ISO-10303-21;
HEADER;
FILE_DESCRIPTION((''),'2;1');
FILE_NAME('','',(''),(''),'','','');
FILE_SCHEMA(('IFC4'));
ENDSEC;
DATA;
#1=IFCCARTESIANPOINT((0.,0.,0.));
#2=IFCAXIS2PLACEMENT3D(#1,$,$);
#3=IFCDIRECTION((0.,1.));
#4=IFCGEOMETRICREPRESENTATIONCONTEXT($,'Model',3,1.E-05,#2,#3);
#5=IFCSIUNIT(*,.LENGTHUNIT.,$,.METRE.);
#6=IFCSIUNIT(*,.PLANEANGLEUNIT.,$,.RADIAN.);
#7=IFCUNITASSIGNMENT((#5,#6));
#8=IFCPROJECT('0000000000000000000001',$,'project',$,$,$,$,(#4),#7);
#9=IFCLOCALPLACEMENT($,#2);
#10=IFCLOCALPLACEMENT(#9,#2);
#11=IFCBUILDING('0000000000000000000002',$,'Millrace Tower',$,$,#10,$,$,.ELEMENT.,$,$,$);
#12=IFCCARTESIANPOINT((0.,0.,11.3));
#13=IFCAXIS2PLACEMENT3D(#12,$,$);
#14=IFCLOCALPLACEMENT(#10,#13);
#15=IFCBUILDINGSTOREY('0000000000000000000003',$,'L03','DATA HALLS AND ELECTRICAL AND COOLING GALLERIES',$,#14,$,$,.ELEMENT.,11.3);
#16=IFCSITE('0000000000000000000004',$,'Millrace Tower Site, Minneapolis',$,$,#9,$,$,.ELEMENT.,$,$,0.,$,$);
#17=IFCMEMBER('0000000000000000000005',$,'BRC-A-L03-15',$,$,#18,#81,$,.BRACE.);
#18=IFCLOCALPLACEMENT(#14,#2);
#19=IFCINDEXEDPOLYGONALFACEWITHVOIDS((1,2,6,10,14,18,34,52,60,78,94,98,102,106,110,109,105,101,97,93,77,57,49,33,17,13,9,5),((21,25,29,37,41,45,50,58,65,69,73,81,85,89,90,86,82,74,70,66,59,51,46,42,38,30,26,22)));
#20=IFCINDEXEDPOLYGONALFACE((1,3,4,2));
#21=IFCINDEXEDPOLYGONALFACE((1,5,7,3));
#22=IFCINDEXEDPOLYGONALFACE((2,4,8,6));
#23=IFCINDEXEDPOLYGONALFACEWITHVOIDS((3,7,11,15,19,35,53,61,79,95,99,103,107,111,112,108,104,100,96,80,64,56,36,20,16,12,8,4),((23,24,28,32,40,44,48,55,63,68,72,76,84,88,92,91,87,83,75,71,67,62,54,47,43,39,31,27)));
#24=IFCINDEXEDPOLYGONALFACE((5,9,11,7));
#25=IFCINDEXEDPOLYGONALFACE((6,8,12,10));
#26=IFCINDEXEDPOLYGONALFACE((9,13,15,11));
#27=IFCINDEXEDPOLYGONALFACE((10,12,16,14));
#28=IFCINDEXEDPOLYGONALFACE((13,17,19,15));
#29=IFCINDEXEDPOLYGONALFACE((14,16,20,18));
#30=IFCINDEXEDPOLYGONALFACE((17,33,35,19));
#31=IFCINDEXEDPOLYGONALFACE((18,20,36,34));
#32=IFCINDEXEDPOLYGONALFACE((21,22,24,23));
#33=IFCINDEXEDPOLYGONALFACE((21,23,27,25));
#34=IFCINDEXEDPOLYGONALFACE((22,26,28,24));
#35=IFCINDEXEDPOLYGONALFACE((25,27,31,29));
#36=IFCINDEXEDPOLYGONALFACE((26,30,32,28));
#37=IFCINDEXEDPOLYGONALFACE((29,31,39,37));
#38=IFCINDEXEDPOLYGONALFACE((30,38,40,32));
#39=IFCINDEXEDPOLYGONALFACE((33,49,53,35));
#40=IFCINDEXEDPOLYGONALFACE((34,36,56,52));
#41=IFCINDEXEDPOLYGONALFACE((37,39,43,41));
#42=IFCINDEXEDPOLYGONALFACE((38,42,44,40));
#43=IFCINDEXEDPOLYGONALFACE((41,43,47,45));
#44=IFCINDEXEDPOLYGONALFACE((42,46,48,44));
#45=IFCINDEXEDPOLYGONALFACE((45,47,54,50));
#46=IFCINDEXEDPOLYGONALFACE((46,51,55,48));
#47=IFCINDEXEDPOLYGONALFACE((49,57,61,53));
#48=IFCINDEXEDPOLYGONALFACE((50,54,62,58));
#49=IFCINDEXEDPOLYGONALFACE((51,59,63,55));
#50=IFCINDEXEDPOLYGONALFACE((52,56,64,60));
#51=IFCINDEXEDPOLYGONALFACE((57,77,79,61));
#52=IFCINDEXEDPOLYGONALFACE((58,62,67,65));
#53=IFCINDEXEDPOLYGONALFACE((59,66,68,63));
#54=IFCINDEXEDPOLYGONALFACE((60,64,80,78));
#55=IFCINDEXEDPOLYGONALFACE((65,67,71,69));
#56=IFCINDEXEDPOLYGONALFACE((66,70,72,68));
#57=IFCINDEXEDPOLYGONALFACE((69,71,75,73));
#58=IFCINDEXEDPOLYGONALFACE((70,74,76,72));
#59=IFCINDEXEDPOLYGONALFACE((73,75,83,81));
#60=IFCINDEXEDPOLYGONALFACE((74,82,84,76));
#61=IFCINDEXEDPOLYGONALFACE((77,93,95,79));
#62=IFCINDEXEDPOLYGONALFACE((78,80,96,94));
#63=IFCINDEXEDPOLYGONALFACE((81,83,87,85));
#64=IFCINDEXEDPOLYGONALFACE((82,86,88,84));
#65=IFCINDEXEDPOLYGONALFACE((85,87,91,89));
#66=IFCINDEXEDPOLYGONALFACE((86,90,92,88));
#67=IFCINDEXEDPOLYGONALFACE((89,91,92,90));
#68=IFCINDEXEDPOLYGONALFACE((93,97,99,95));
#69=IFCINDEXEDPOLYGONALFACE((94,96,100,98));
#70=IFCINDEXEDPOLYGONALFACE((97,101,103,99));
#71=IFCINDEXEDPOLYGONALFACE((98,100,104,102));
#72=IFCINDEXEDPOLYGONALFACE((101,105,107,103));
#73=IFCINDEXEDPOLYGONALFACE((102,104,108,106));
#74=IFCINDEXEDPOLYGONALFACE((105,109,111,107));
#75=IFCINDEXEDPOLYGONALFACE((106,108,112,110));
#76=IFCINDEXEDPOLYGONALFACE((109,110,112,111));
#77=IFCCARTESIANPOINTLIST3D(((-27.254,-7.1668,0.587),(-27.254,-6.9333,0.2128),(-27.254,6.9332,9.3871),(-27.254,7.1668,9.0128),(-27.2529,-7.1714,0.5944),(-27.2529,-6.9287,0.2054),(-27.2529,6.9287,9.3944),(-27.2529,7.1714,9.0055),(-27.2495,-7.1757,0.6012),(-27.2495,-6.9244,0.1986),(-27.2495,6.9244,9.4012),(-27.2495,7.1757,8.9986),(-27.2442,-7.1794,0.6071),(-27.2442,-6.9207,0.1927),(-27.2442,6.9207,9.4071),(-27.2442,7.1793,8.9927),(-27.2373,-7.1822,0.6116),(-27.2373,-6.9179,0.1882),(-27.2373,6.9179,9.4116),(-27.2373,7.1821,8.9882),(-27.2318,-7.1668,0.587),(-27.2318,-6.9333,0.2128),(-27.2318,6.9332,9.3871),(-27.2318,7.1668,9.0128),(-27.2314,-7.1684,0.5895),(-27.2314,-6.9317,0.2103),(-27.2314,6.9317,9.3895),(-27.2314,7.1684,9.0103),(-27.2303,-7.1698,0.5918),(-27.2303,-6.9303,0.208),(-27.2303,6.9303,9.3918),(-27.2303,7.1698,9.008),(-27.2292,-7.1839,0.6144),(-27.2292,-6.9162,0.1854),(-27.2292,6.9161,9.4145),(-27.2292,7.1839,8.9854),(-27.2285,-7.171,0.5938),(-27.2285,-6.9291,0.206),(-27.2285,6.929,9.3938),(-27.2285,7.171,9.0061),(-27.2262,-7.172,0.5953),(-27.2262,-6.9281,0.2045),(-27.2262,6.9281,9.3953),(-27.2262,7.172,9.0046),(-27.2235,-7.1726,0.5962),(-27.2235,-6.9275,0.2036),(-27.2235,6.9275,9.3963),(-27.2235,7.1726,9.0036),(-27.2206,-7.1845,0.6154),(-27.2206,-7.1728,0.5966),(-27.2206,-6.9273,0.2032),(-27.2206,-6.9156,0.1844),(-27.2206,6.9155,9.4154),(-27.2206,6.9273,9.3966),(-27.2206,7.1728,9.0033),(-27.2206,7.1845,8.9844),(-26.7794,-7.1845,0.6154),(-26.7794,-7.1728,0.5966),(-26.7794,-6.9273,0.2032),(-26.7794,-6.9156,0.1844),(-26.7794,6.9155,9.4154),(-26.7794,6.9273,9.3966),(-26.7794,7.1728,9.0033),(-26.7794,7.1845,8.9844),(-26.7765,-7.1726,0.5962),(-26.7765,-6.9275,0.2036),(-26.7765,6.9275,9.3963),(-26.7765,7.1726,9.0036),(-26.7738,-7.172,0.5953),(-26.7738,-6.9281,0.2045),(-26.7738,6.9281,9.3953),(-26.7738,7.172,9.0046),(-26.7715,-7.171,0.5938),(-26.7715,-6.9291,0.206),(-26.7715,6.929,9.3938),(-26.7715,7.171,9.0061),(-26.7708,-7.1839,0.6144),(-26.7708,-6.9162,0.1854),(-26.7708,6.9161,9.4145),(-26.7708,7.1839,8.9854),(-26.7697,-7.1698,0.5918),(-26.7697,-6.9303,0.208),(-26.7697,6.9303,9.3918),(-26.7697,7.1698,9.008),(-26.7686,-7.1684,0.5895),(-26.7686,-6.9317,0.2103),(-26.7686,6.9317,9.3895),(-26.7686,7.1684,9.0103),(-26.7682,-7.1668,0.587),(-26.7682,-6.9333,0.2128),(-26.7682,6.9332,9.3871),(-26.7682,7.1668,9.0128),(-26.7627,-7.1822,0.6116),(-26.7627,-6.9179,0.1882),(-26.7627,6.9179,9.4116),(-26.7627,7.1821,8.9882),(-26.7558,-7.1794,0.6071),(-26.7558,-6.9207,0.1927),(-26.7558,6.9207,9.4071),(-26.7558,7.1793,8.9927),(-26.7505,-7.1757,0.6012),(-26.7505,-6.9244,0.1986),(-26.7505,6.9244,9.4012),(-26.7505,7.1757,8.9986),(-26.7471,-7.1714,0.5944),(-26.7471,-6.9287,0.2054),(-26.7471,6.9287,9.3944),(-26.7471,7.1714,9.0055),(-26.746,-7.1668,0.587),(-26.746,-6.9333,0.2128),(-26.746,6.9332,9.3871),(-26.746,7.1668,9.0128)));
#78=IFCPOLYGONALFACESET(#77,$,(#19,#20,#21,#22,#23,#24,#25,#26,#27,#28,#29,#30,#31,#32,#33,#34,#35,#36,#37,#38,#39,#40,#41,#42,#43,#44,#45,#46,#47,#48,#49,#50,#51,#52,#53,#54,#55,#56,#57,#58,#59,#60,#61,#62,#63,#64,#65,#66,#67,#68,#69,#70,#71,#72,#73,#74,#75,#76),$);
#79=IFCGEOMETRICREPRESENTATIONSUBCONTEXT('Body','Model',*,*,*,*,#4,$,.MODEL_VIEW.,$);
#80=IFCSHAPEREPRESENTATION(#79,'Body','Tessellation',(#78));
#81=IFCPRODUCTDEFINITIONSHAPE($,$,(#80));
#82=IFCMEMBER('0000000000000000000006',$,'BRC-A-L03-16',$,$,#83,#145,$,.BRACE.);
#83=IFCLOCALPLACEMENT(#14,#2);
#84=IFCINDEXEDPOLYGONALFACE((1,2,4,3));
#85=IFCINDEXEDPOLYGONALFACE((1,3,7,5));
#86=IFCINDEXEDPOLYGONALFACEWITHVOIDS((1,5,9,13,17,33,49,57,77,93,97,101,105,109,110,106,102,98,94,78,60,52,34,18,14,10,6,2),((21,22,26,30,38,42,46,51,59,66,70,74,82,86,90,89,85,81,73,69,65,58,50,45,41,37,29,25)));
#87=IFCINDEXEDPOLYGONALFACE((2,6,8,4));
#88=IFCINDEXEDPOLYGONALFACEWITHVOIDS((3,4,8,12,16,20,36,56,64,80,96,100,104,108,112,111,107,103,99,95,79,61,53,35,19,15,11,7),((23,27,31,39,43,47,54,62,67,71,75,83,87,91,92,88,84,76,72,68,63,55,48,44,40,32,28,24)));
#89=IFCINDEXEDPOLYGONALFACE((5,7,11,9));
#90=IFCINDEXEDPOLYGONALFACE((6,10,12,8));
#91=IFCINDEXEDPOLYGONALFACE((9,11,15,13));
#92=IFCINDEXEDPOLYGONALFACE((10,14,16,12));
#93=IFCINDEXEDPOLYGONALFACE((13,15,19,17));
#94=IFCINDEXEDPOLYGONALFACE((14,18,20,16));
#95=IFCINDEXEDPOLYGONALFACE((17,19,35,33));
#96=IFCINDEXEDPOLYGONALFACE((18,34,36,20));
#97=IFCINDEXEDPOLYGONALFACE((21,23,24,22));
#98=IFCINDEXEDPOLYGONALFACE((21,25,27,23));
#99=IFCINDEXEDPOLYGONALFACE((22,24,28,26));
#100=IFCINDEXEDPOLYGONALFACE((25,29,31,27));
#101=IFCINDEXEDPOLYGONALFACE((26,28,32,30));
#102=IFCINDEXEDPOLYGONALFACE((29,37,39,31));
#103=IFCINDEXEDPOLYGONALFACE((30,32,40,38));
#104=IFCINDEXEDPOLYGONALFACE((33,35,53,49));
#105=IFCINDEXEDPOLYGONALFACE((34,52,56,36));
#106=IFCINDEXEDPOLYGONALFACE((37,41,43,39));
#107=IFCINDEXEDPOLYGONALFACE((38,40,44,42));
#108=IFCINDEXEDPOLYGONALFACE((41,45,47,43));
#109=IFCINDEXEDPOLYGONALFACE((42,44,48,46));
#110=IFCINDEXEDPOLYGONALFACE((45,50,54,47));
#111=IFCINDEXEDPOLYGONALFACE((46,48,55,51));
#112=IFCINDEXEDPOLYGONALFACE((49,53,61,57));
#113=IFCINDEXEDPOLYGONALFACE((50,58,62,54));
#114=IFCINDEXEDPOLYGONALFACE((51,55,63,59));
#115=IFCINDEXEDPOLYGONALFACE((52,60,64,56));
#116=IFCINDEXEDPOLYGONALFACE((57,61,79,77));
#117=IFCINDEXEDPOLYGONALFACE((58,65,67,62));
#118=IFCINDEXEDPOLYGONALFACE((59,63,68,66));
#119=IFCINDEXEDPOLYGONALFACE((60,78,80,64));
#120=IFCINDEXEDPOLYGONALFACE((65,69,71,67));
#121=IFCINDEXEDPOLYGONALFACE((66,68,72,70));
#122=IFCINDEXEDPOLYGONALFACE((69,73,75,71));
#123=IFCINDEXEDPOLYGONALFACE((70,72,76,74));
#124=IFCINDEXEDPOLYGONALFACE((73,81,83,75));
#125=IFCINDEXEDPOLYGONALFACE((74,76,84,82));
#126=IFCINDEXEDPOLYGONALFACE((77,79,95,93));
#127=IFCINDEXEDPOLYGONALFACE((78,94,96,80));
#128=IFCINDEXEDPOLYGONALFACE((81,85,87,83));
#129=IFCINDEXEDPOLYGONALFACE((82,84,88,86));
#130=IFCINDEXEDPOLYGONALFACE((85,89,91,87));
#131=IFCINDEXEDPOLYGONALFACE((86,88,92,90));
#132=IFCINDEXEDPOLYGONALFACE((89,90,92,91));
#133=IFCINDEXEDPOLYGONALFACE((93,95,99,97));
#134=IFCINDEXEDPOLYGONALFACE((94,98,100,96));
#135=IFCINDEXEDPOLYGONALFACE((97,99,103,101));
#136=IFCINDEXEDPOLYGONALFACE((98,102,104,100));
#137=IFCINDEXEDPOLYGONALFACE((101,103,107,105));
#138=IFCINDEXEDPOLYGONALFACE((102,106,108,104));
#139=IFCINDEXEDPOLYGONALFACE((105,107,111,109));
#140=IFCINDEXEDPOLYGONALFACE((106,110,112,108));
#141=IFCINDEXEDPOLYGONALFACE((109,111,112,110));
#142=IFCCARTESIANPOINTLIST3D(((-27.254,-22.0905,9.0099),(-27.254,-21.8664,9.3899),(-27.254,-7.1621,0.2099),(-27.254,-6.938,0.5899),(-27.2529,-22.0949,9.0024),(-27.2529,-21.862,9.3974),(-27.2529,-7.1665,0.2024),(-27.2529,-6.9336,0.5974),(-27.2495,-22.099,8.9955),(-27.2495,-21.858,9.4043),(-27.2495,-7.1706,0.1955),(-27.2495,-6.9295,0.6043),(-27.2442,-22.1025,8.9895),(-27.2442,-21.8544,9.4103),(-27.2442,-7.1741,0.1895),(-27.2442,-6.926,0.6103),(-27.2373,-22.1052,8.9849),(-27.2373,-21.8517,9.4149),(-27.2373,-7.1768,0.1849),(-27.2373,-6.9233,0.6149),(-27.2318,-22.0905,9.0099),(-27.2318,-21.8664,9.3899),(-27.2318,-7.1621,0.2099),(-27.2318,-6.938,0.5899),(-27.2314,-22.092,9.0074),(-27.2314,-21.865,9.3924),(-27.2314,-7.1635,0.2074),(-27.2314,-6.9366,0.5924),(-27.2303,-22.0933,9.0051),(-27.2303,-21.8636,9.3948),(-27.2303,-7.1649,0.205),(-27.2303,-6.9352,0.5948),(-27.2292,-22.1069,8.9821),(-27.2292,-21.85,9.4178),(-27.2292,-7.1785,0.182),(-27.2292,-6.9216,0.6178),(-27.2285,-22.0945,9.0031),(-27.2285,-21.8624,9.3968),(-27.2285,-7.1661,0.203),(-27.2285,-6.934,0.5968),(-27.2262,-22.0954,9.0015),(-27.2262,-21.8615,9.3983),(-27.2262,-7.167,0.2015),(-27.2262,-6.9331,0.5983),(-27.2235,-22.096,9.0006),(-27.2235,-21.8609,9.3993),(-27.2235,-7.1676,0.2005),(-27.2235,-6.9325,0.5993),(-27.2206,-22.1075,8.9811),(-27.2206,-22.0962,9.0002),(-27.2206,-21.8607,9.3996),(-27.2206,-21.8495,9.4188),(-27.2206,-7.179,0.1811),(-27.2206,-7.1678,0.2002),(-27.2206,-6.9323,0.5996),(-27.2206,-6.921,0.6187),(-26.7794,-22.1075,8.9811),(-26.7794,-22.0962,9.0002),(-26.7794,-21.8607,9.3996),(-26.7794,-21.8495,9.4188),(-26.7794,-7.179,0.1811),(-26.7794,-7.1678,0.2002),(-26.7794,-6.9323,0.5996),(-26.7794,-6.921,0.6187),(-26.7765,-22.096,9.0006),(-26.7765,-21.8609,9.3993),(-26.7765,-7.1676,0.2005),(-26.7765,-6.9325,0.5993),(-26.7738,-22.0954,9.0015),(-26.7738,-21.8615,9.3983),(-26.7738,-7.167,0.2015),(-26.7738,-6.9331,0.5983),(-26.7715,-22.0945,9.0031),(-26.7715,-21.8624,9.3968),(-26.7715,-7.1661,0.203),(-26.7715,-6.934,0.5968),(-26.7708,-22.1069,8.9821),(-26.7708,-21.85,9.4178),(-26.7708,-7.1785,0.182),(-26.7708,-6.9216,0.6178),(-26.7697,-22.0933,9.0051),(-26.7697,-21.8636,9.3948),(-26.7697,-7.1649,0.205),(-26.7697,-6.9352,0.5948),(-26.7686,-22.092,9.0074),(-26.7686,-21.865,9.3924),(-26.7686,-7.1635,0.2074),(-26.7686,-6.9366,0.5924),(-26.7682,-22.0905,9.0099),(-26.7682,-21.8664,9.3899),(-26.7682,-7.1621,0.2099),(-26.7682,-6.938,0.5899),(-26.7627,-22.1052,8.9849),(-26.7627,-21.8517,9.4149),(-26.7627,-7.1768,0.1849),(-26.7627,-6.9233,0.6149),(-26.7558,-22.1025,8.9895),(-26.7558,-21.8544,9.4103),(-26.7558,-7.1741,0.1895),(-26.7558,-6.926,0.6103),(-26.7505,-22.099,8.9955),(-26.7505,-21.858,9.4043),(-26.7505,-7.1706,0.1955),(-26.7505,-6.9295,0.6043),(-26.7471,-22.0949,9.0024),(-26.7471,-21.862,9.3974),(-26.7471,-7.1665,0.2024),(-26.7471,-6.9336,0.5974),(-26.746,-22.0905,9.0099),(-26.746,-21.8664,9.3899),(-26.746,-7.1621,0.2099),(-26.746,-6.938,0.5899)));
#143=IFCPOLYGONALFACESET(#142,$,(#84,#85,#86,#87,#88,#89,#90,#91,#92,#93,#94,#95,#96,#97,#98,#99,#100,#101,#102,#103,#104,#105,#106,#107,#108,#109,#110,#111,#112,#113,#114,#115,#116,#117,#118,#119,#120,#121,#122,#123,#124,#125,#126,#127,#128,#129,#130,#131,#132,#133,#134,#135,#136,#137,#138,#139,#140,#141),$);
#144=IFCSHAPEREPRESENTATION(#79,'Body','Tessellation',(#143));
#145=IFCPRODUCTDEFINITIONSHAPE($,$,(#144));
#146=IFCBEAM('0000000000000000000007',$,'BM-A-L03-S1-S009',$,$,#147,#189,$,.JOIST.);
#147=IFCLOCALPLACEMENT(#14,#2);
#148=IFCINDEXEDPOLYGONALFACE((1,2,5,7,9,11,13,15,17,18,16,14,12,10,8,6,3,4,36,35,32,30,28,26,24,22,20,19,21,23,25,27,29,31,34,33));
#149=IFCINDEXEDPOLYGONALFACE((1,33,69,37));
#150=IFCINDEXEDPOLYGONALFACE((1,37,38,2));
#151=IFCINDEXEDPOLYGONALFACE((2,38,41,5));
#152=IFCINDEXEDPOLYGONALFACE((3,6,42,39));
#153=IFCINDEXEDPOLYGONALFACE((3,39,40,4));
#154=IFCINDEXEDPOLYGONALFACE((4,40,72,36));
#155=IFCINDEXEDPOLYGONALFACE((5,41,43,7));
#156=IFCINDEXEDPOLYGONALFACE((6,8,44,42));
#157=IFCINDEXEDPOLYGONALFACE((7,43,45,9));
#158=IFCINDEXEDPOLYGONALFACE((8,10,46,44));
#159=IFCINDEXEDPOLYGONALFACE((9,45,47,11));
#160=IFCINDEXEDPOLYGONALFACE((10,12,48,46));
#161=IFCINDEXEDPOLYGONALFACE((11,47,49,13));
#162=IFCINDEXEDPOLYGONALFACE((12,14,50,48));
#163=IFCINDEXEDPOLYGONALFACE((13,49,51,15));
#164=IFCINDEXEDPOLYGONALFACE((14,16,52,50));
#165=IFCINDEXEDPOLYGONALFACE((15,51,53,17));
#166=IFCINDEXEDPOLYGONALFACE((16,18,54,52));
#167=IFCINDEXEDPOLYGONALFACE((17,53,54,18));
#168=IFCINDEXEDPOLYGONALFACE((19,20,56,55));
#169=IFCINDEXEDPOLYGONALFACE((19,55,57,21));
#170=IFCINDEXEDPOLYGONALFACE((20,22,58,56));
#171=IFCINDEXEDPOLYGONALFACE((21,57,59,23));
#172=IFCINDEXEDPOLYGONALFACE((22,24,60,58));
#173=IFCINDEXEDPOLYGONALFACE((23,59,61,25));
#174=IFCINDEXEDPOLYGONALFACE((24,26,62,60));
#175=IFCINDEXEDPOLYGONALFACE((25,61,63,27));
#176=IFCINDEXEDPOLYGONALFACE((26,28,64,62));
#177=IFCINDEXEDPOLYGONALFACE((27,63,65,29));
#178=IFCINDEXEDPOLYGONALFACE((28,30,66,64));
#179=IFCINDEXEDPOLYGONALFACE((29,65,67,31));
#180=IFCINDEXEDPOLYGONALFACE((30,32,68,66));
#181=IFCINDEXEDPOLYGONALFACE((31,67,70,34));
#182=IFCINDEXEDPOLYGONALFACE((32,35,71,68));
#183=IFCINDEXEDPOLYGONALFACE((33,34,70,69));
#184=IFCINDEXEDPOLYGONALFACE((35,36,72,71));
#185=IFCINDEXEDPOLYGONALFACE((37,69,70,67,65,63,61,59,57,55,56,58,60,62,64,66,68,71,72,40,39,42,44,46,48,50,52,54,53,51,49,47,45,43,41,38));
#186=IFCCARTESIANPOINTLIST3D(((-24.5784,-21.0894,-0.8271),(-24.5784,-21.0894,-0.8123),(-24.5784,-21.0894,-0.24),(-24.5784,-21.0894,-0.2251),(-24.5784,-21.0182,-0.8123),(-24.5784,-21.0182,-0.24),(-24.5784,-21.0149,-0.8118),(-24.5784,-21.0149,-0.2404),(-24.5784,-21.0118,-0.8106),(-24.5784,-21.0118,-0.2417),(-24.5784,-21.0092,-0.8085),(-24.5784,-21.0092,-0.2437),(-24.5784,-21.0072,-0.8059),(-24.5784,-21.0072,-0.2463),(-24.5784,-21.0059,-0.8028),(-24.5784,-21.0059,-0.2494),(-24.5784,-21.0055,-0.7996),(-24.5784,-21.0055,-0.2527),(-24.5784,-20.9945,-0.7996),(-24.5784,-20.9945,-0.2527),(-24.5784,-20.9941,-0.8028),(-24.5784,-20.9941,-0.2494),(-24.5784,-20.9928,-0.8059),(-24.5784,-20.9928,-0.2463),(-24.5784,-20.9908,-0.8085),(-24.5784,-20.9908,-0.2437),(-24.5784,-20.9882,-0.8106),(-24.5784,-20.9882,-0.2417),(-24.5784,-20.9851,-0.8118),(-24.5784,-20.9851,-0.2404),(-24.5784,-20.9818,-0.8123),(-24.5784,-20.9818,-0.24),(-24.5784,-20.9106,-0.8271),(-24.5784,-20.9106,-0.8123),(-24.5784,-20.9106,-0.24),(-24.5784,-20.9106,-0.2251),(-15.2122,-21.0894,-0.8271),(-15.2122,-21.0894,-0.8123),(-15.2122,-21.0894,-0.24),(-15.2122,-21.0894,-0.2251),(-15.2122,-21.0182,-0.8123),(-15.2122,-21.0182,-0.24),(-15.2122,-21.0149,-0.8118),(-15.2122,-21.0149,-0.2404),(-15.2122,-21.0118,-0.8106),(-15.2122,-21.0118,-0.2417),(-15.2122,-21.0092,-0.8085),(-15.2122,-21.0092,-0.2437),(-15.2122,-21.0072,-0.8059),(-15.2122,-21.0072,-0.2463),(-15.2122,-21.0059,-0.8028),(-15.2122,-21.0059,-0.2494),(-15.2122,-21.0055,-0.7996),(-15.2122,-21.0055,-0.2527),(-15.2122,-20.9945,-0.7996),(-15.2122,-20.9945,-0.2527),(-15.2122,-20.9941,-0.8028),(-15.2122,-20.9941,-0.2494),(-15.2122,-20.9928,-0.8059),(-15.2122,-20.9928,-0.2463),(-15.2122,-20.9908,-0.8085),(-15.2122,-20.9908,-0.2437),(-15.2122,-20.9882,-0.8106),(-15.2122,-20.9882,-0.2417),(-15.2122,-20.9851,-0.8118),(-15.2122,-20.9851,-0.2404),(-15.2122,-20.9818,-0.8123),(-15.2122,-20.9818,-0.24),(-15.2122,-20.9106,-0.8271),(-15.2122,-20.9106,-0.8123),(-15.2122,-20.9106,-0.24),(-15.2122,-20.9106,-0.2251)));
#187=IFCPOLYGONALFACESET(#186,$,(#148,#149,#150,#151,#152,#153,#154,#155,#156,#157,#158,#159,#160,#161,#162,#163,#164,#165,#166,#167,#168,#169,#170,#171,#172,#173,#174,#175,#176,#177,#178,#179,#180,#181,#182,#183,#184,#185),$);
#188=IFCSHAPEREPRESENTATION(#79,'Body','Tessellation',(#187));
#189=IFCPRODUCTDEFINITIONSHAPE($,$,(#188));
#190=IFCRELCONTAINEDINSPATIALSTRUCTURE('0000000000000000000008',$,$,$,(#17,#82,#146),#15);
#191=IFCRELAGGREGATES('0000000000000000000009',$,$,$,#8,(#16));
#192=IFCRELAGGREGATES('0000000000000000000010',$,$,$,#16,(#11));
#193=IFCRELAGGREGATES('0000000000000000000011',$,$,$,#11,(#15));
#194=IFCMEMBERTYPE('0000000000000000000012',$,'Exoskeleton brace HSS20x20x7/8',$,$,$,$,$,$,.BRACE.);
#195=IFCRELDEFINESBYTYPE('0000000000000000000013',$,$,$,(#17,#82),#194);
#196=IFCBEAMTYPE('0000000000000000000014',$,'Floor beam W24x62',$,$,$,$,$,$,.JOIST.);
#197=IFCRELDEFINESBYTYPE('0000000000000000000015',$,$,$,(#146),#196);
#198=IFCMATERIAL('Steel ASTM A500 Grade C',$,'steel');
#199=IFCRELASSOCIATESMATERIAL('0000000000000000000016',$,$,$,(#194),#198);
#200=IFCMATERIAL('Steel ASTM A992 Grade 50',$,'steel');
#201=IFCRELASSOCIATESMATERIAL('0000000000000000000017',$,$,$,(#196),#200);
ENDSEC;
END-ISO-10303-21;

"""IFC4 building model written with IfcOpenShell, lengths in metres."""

from ifc_helpers import new_model, si_unit, direction, frame, origin, origin_2d, place, context, subcontext, project, spatial, hollow_rectangle, i_section, extrude, material, material_profile, profile_set, type_object, element, save


model = new_model("IFC4")

# Units and contexts
model_context = context("Model", 3, precision=1e-05, world=origin(), true_north=direction((0.0, 1.0)))
body_context = subcontext(model_context, "Body", "Model", "MODEL_VIEW")
ifc_project = project(units=[si_unit("LENGTHUNIT", "METRE"), si_unit("PLANEANGLEUNIT", "RADIAN")], contexts=[model_context])

# Site, building, storey
site_placement = place(None, origin())
site = spatial("IfcSite", under=ifc_project, at=site_placement, Name="Millrace Tower Site, Minneapolis", CompositionType="ELEMENT", RefElevation=0.0)
building_placement = place(site_placement, origin())
building = spatial("IfcBuilding", under=site, at=building_placement, Name="Millrace Tower", CompositionType="ELEMENT")
storey_placement = place(building_placement, frame((0.0, 0.0, 11.3)))
storey = spatial("IfcBuildingStorey", under=building, at=storey_placement, Name="L03", Description="DATA HALLS AND ELECTRICAL AND COOLING GALLERIES", CompositionType="ELEMENT", Elevation=11.3)

# Members
ifc_material_1 = material(Name="Steel ASTM A500 Grade C", Category="steel")
ifc_material_profile_1 = material_profile(ifc_material_1, hollow_rectangle(XDim=0.5081, YDim=0.5081, WallThickness=0.0222, InnerFilletRadius=0.0112, OuterFilletRadius=0.0334, at=origin_2d()))
ifc_profile_set_1 = profile_set([ifc_material_profile_1], Name="Steel ASTM A500 Grade C")
member_type_1 = type_object("IfcMemberType", Name="Exoskeleton brace HSS20x20x7/8", PredefinedType="BRACE", material=ifc_profile_set_1)
member_1_placement = place(storey_placement, frame((-27.0, -7.05, 0.3999), z_axis=(0.0, 0.848336, 0.529457), x_axis=(-1.0, 0.0, 0.0)))
element("IfcMember", 1, at=member_1_placement, inside=storey, type_object=member_type_1, Name="BRC-A-L03-15", PredefinedType="BRACE", context=body_context, shape_type="SweptSolid", body=[
    extrude(hollow_rectangle(XDim=0.5081, YDim=0.5081, WallThickness=0.0222, InnerFilletRadius=0.0112, OuterFilletRadius=0.0334, at=origin_2d()), origin(), (0.0, 0.0, 1.0), 16.6208),
])
member_2_placement = place(storey_placement, frame((-27.0, -7.05, 0.3999), z_axis=(0.0, -0.861465, 0.507817), x_axis=(1.0, 0.0, 0.0)))
element("IfcMember", 2, at=member_2_placement, inside=storey, type_object=member_type_1, Name="BRC-A-L03-16", PredefinedType="BRACE", context=body_context, shape_type="SweptSolid", body=[
    extrude(hollow_rectangle(XDim=0.5081, YDim=0.5081, WallThickness=0.0222, InnerFilletRadius=0.0112, OuterFilletRadius=0.0334, at=origin_2d()), origin(), (0.0, 0.0, 1.0), 17.3291),
])

# Beam
ifc_material_2 = material(Name="Steel ASTM A992 Grade 50", Category="steel")
ifc_material_profile_2 = material_profile(ifc_material_2, i_section(OverallWidth=0.1787, OverallDepth=0.6021, WebThickness=0.011, FlangeThickness=0.0149, FilletRadius=0.0127, at=origin_2d()))
ifc_profile_set_2 = profile_set([ifc_material_profile_2], Name="Steel ASTM A992 Grade 50")
beam_type_1 = type_object("IfcBeamType", Name="Floor beam W24x62", PredefinedType="JOIST", material=ifc_profile_set_2)
for number, where, z_axis, x_axis, name in (
    (3, (-24.5784, -21.0, -0.5261), (1.0, 0.0, 0.0), (0.0, 1.0, 0.0), "BM-A-L03-S1-S009"),
):
    element("IfcBeam", number, at=place(storey_placement, frame(where, z_axis=z_axis, x_axis=x_axis)), inside=storey, type_object=beam_type_1, Name=name, PredefinedType="JOIST", context=body_context, shape_type="SweptSolid", body=[
        extrude(i_section(OverallWidth=0.1787, OverallDepth=0.6021, WebThickness=0.011, FlangeThickness=0.0149, FilletRadius=0.0127, at=origin_2d()), origin(), (0.0, 0.0, 1.0), 9.3662),
    ])

save(model, "model.ifc")
